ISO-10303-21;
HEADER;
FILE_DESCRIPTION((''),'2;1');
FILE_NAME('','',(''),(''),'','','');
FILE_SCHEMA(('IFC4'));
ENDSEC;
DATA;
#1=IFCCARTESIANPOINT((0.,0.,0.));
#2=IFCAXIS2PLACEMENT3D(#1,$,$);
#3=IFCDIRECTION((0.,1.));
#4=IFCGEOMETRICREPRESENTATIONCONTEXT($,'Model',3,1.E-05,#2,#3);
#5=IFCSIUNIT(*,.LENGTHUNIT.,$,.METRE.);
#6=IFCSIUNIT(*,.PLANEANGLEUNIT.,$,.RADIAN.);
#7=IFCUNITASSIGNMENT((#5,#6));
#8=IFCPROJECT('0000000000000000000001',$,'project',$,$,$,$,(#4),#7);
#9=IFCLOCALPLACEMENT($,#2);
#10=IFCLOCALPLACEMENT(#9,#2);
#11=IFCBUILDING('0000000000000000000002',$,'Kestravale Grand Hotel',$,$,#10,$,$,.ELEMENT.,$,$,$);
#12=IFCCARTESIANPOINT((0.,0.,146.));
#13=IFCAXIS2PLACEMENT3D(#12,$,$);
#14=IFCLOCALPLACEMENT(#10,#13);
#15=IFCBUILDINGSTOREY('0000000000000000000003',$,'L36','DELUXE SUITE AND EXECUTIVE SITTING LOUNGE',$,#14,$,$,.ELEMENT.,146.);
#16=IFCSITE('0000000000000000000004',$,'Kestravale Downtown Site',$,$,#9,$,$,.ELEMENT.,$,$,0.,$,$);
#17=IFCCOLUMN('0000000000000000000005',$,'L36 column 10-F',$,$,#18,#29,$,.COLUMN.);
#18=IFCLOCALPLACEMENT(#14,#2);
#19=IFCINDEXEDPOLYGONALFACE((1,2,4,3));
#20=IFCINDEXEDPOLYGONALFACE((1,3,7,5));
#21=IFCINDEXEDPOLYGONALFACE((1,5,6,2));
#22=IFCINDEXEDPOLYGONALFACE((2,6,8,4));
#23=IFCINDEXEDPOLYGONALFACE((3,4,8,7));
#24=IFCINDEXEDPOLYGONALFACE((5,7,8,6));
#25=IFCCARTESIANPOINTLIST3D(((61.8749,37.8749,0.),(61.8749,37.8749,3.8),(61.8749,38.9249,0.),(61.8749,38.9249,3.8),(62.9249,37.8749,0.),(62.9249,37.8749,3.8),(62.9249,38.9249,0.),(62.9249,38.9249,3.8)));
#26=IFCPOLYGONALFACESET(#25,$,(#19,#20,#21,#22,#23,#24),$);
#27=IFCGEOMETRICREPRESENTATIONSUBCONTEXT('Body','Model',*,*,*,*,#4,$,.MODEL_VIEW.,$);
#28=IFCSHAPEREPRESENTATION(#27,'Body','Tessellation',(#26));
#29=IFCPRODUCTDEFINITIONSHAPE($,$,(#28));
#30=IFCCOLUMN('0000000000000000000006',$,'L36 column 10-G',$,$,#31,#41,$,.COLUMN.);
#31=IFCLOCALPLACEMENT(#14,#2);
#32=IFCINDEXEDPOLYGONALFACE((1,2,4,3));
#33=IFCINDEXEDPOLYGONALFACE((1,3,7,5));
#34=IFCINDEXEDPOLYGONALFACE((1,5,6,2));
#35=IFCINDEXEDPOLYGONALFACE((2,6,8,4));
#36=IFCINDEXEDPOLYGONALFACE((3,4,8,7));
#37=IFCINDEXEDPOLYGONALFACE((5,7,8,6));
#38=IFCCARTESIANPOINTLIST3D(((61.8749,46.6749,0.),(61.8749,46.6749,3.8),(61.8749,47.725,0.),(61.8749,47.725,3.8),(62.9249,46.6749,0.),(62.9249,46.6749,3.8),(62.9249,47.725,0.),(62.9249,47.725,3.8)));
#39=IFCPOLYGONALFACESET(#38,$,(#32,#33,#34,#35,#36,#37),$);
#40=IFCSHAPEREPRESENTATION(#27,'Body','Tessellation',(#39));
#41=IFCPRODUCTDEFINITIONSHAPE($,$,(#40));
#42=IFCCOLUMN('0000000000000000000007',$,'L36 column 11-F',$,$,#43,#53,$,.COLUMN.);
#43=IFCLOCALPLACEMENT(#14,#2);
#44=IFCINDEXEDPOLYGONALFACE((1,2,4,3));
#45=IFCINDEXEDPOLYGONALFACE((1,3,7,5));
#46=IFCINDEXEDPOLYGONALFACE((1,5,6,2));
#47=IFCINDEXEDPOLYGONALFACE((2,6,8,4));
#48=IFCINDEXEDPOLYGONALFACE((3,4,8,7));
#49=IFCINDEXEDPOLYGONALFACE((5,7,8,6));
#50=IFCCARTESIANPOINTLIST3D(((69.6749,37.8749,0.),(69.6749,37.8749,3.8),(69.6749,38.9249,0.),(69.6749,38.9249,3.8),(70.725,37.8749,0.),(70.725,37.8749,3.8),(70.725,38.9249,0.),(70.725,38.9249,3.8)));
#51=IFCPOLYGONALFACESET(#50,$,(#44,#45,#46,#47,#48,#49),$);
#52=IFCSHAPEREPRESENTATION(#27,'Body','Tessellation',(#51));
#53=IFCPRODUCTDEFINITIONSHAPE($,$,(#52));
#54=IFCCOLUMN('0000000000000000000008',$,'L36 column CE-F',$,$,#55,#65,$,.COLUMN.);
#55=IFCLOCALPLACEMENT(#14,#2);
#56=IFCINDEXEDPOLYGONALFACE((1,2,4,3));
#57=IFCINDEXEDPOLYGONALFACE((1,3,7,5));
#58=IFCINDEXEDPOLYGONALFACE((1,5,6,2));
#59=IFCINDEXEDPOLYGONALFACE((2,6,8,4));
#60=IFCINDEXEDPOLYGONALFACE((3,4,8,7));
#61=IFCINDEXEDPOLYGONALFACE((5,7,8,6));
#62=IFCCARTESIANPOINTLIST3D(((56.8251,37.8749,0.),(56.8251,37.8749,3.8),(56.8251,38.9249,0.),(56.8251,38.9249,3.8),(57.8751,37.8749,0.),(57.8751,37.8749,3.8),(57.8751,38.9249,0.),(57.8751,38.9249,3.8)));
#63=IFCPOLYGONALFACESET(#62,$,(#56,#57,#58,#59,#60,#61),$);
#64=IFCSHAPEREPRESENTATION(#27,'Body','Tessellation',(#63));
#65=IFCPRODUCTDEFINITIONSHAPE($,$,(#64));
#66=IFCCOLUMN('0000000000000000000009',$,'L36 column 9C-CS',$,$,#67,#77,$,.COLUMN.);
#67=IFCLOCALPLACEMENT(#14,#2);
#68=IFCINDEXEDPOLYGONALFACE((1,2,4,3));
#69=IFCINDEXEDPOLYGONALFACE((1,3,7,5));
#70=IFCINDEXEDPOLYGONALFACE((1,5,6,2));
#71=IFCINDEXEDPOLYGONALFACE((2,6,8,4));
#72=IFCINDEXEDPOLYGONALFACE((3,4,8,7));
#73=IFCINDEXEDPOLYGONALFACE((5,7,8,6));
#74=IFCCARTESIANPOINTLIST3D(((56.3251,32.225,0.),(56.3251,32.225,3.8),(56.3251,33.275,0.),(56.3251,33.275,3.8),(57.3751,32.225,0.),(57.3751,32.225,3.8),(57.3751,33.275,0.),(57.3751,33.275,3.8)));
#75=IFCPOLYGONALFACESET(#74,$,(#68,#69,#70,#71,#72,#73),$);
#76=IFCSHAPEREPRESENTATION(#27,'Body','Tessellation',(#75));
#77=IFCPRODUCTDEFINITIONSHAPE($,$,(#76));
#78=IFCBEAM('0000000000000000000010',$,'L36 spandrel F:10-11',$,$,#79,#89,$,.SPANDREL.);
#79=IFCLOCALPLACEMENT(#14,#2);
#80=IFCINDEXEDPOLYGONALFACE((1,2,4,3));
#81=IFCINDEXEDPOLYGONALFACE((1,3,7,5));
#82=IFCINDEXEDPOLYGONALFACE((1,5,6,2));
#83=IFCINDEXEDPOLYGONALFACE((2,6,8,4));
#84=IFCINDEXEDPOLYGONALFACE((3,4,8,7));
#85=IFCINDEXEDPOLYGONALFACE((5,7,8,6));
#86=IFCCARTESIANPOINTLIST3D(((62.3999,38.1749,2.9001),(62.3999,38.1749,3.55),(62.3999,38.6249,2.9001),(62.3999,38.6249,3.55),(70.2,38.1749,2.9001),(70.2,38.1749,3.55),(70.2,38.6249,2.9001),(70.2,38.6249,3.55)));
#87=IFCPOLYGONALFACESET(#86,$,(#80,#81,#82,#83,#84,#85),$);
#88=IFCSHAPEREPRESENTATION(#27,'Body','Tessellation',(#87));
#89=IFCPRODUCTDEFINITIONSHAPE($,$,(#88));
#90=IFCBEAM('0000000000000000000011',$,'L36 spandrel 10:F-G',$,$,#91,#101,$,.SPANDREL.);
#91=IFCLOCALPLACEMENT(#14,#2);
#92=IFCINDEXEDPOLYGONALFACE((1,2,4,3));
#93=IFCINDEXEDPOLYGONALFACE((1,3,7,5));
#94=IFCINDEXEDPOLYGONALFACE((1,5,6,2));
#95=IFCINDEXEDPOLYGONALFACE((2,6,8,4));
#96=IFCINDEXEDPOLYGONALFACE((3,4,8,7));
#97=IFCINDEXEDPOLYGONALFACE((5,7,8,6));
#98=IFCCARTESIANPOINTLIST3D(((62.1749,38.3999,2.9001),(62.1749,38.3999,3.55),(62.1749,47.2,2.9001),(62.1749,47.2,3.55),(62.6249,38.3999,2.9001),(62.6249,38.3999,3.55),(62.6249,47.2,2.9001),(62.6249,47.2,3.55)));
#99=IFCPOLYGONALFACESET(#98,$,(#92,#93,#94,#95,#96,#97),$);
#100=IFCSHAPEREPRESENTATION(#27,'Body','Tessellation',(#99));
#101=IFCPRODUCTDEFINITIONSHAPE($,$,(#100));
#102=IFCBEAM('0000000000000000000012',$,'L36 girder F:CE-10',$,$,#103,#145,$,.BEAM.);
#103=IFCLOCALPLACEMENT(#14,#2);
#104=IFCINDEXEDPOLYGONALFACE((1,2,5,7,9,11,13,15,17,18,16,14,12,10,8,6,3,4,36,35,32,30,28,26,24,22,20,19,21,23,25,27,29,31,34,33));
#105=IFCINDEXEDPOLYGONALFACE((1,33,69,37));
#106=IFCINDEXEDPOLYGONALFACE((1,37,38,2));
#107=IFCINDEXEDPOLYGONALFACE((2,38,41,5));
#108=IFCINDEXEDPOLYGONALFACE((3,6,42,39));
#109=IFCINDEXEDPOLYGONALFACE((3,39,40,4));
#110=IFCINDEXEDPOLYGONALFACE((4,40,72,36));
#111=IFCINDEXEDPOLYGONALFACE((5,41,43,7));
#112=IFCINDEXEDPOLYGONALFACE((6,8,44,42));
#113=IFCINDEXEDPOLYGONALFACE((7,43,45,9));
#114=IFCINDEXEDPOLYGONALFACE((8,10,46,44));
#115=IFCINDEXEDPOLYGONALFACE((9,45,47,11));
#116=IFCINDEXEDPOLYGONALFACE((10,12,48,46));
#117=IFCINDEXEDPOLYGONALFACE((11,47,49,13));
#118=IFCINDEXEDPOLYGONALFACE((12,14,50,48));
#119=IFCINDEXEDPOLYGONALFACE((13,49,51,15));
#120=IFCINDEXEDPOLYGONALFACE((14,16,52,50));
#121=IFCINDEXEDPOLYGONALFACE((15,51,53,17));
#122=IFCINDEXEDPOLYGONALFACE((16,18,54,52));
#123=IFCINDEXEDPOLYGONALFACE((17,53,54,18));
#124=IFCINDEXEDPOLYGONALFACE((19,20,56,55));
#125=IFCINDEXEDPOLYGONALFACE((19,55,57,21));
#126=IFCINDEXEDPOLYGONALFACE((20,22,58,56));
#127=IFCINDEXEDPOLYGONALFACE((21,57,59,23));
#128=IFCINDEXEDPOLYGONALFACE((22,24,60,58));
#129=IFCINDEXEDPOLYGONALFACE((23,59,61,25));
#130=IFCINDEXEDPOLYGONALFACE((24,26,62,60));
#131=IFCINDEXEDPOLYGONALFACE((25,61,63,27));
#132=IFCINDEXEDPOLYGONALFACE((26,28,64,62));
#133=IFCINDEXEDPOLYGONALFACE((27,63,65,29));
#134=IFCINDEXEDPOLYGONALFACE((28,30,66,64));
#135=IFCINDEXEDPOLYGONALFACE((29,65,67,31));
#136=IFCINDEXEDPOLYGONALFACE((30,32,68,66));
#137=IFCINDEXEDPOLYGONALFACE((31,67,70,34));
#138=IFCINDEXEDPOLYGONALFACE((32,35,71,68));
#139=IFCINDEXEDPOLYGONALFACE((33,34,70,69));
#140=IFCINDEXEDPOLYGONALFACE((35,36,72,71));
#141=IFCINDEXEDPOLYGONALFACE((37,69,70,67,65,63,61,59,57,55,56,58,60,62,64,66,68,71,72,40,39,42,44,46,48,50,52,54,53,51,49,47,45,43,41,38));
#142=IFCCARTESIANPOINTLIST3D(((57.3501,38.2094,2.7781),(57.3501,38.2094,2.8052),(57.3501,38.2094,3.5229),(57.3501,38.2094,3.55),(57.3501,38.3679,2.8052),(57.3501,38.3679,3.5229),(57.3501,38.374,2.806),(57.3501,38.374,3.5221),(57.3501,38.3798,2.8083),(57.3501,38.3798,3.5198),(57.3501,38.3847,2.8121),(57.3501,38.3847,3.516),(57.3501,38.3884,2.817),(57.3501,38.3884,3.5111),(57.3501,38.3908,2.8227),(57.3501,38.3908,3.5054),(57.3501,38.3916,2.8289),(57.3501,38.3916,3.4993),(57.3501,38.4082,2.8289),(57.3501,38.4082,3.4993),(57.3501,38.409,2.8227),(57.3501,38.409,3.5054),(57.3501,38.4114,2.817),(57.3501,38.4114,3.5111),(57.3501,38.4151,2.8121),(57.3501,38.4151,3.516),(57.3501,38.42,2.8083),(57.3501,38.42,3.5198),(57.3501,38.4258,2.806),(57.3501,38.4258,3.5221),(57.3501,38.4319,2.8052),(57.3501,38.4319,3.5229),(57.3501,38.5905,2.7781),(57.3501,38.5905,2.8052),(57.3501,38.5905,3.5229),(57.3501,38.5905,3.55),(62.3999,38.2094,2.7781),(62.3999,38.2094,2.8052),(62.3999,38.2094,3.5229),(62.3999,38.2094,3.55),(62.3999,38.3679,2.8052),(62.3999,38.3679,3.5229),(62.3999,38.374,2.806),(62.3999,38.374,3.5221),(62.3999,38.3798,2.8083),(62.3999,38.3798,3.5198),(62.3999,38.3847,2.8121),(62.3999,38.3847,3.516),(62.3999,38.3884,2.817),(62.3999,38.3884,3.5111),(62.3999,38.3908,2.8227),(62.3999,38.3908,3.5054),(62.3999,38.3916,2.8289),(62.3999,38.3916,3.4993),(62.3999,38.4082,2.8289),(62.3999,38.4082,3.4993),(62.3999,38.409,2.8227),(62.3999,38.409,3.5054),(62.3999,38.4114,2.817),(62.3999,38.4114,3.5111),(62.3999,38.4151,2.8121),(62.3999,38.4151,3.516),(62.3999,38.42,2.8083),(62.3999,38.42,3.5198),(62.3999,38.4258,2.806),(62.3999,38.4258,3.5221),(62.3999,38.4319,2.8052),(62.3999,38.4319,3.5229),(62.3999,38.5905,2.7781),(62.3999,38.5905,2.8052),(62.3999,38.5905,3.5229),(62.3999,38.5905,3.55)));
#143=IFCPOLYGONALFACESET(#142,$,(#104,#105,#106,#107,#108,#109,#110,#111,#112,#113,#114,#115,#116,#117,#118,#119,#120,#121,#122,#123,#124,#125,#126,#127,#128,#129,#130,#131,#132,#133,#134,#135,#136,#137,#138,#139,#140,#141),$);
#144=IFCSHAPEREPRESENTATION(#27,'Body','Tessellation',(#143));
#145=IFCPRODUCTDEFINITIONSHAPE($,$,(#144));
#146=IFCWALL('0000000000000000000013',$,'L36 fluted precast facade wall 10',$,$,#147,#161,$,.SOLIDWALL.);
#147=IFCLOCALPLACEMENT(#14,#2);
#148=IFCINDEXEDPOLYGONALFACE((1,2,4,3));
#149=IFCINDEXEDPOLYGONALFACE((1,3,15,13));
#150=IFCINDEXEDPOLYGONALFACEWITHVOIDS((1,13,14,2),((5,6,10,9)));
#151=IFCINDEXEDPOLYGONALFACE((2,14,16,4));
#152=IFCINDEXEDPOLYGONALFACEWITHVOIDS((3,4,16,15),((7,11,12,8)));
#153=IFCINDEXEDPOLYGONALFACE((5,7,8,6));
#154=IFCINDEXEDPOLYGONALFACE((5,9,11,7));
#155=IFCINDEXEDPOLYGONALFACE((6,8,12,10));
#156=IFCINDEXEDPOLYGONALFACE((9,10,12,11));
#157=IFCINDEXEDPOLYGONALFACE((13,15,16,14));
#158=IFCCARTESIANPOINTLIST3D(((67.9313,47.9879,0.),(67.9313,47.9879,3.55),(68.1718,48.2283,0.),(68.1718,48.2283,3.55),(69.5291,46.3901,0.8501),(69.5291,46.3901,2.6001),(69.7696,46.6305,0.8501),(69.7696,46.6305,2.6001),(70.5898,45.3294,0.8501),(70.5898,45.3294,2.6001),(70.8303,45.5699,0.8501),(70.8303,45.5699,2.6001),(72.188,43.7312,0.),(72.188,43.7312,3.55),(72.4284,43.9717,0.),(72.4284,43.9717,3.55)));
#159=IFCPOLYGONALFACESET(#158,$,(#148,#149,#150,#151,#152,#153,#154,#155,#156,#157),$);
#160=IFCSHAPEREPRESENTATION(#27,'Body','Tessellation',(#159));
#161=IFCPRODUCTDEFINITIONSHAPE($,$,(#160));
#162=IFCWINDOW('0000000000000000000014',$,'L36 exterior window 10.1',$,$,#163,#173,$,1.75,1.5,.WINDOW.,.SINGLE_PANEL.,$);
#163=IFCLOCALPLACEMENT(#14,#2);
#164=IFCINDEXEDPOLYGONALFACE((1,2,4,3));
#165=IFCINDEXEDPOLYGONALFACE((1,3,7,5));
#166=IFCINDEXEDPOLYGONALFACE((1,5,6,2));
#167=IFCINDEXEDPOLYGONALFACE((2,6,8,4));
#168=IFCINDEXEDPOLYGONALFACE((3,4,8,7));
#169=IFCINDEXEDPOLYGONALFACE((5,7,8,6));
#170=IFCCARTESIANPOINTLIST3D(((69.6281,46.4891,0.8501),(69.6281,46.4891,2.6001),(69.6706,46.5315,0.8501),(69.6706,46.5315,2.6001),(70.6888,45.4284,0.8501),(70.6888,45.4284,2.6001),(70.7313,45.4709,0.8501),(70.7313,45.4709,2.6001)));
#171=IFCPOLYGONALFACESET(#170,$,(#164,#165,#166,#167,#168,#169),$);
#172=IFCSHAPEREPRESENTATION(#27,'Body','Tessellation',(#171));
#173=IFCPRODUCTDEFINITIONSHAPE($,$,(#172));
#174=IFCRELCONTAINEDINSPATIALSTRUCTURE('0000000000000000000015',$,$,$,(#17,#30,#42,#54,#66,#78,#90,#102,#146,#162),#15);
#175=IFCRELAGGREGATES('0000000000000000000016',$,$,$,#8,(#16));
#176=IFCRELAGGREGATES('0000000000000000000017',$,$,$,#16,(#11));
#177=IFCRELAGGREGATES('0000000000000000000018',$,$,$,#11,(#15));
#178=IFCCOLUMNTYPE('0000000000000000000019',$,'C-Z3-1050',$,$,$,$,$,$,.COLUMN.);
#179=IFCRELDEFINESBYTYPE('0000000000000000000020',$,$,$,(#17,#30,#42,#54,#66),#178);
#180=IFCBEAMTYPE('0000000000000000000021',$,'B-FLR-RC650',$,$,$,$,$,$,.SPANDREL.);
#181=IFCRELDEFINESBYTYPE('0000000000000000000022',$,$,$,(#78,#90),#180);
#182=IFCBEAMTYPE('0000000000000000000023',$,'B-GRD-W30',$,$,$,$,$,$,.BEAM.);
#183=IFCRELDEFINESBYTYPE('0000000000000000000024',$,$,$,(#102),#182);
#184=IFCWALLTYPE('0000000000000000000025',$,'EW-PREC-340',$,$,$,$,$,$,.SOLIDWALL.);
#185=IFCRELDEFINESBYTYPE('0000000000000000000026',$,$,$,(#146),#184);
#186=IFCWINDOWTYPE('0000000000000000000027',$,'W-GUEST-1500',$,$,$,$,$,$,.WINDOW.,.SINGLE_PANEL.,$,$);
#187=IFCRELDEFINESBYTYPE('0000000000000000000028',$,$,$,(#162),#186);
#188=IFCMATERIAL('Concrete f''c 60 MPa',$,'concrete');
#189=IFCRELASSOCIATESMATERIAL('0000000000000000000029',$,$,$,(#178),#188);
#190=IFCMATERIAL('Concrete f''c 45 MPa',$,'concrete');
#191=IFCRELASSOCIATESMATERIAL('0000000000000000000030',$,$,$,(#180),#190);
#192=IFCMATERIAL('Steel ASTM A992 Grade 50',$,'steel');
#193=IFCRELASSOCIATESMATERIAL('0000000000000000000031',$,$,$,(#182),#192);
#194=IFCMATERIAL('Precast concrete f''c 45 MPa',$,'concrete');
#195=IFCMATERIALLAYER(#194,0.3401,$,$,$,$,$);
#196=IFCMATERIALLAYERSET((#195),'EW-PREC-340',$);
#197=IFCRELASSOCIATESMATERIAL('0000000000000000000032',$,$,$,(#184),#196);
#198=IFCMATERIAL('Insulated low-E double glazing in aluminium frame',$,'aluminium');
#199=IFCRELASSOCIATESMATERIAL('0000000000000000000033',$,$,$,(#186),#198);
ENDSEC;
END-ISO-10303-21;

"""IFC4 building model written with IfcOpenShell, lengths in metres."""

from ifc_helpers import new_model, si_unit, direction, frame, frame_2d, origin, origin_2d, place, context, subcontext, project, spatial, rectangle, i_section, extrude, material, layer, layer_set, material_profile, profile_set, type_object, element, fill, save


model = new_model("IFC4")

# Units and contexts
model_context = context("Model", 3, precision=1e-05, world=origin(), true_north=direction((0.0, 1.0)))
body_context = subcontext(model_context, "Body", "Model", "MODEL_VIEW")
ifc_project = project(units=[si_unit("LENGTHUNIT", "METRE"), si_unit("PLANEANGLEUNIT", "RADIAN")], contexts=[model_context])

# Site, building, storey
site_placement = place(None, origin())
site = spatial("IfcSite", under=ifc_project, at=site_placement, Name="Kestravale Downtown Site", CompositionType="ELEMENT", RefElevation=0.0)
building_placement = place(site_placement, origin())
building = spatial("IfcBuilding", under=site, at=building_placement, Name="Kestravale Grand Hotel", CompositionType="ELEMENT")
storey_placement = place(building_placement, frame((0.0, 0.0, 146.0)))
storey = spatial("IfcBuildingStorey", under=building, at=storey_placement, Name="L36", Description="DELUXE SUITE AND EXECUTIVE SITTING LOUNGE", CompositionType="ELEMENT", Elevation=146.0)

# Columns
ifc_material_1 = material(Name="Concrete f'c 60 MPa", Category="concrete")
ifc_material_profile_1 = material_profile(ifc_material_1, rectangle(XDim=1.05, YDim=1.05, at=origin_2d()))
ifc_profile_set_1 = profile_set([ifc_material_profile_1], Name="Concrete f'c 60 MPa")
column_type = type_object("IfcColumnType", Name="C-Z3-1050", PredefinedType="COLUMN", material=ifc_profile_set_1)
for number, where, z_axis, x_axis, name in (
    (1, (62.3999, 38.3999, 0.0), (0.0, 0.0, 1.0), (1.0, 0.0, 0.0), "L36 column 10-F"),
    (2, (62.3999, 47.2, 0.0), (0.0, 0.0, 1.0), (1.0, 0.0, 0.0), "L36 column 10-G"),
    (3, (70.2, 38.3999, 0.0), (0.0, 0.0, 1.0), (1.0, 0.0, 0.0), "L36 column 11-F"),
    (4, (57.3501, 38.3999, 0.0), (0.0, 0.0, 1.0), (1.0, 0.0, 0.0), "L36 column CE-F"),
    (5, (56.8501, 32.75, 0.0), (0.0, 0.0, 1.0), (1.0, 0.0, 0.0), "L36 column 9C-CS"),
):
    element("IfcColumn", number, at=place(storey_placement, frame(where, z_axis=z_axis, x_axis=x_axis)), inside=storey, type_object=column_type, Name=name, PredefinedType="COLUMN", context=body_context, shape_type="SweptSolid", body=[
        extrude(rectangle(XDim=1.05, YDim=1.05, at=origin_2d()), origin(), (0.0, 0.0, 1.0), 3.8),
    ])

# Beams
ifc_material_2 = material(Name="Concrete f'c 45 MPa", Category="concrete")
ifc_material_profile_2 = material_profile(ifc_material_2, rectangle(XDim=0.45, YDim=0.6499, at=origin_2d()))
ifc_profile_set_2 = profile_set([ifc_material_profile_2], Name="Concrete f'c 45 MPa")
beam_type_1 = type_object("IfcBeamType", Name="B-FLR-RC650", PredefinedType="SPANDREL", material=ifc_profile_set_2)
beam_1_placement = place(storey_placement, frame((62.3999, 38.3999, 3.2251), z_axis=(1.0, 0.0, 0.0), x_axis=(0.0, 1.0, 0.0)))
element("IfcBeam", 6, at=beam_1_placement, inside=storey, type_object=beam_type_1, Name="L36 spandrel F:10-11", PredefinedType="SPANDREL", context=body_context, shape_type="SweptSolid", body=[
    extrude(rectangle(XDim=0.45, YDim=0.6499, at=origin_2d()), origin(), (0.0, 0.0, 1.0), 7.8),
])
beam_2_placement = place(storey_placement, frame((62.3999, 38.3999, 3.2251), z_axis=(0.0, 1.0, 0.0), x_axis=(-1.0, 0.0, 0.0)))
element("IfcBeam", 7, at=beam_2_placement, inside=storey, type_object=beam_type_1, Name="L36 spandrel 10:F-G", PredefinedType="SPANDREL", context=body_context, shape_type="SweptSolid", body=[
    extrude(rectangle(XDim=0.45, YDim=0.6499, at=origin_2d()), origin(), (0.0, 0.0, 1.0), 8.8),
])
ifc_material_3 = material(Name="Steel ASTM A992 Grade 50", Category="steel")
ifc_material_profile_3 = material_profile(ifc_material_3, i_section(OverallWidth=0.3811, OverallDepth=0.772, WebThickness=0.0166, FlangeThickness=0.0271, FilletRadius=0.0237, at=origin_2d()))
ifc_profile_set_3 = profile_set([ifc_material_profile_3], Name="Steel ASTM A992 Grade 50")
beam_type_2 = type_object("IfcBeamType", Name="B-GRD-W30", PredefinedType="BEAM", material=ifc_profile_set_3)
beam_3_placement = place(storey_placement, frame((57.3501, 38.3999, 3.1641), z_axis=(1.0, 0.0, 0.0), x_axis=(0.0, 1.0, 0.0)))
element("IfcBeam", 8, at=beam_3_placement, inside=storey, type_object=beam_type_2, Name="L36 girder F:CE-10", PredefinedType="BEAM", context=body_context, shape_type="SweptSolid", body=[
    extrude(i_section(OverallWidth=0.3811, OverallDepth=0.772, WebThickness=0.0166, FlangeThickness=0.0271, FilletRadius=0.0237, at=origin_2d()), origin(), (0.0, 0.0, 1.0), 5.0498),
])

# Wall, opening, window
ifc_material_4 = material(Name="Precast concrete f'c 45 MPa", Category="concrete")
ifc_layer_1 = layer(ifc_material_4, 0.3401)
ifc_layer_set_1 = layer_set([ifc_layer_1], Name="EW-PREC-340")
wall_type_1 = type_object("IfcWallType", Name="EW-PREC-340", PredefinedType="SOLIDWALL", material=ifc_layer_set_1)
wall_1_placement = place(storey_placement, frame((72.3081, 43.8516, 0.0), z_axis=(0.0, 0.0, 1.0), x_axis=(-0.707107, 0.707107, 0.0)))
wall_1 = element("IfcWall", 9, at=wall_1_placement, inside=storey, type_object=wall_type_1, Name="L36 fluted precast facade wall 10", PredefinedType="SOLIDWALL", context=body_context, shape_type="SweptSolid", body=[
    extrude(rectangle(XDim=6.0198, YDim=0.3401, at=frame_2d((3.0098, 0.0))), origin(), (0.0, 0.0, 1.0), 3.55),
])
opening_1_placement = place(wall_1_placement, frame((2.26, 0.0, 0.8501)))
opening_1 = element("IfcOpeningElement", 10, at=opening_1_placement, cuts=wall_1, PredefinedType="OPENING", context=body_context, shape_type="SweptSolid", body=[
    extrude(rectangle(XDim=1.5, YDim=1.75, at=frame_2d((0.75, 0.875))), frame((0.0, 0.1799, 0.0), z_axis=(0.0, -1.0, 0.0), x_axis=(1.0, 0.0, 0.0)), (0.0, 0.0, 1.0), 0.3601),
])
ifc_material_5 = material(Name="Insulated low-E double glazing in aluminium frame", Category="aluminium")
window_type = type_object("IfcWindowType", Name="W-GUEST-1500", PartitioningType="SINGLE_PANEL", PredefinedType="WINDOW", material=ifc_material_5)
window_1_placement = place(opening_1_placement, origin())
window_1 = element("IfcWindow", 11, at=window_1_placement, inside=storey, type_object=window_type, Name="L36 exterior window 10.1", OverallHeight=1.75, OverallWidth=1.5, PartitioningType="SINGLE_PANEL", PredefinedType="WINDOW", context=body_context, shape_type="SweptSolid", body=[
    extrude(rectangle(XDim=1.5, YDim=1.75, at=frame_2d((0.75, 0.875))), frame((0.0, 0.03, 0.0), z_axis=(0.0, -1.0, 0.0), x_axis=(1.0, 0.0, 0.0)), (0.0, 0.0, 1.0), 0.0601),
])
fill(opening_1, window_1)

save(model, "model.ifc")
